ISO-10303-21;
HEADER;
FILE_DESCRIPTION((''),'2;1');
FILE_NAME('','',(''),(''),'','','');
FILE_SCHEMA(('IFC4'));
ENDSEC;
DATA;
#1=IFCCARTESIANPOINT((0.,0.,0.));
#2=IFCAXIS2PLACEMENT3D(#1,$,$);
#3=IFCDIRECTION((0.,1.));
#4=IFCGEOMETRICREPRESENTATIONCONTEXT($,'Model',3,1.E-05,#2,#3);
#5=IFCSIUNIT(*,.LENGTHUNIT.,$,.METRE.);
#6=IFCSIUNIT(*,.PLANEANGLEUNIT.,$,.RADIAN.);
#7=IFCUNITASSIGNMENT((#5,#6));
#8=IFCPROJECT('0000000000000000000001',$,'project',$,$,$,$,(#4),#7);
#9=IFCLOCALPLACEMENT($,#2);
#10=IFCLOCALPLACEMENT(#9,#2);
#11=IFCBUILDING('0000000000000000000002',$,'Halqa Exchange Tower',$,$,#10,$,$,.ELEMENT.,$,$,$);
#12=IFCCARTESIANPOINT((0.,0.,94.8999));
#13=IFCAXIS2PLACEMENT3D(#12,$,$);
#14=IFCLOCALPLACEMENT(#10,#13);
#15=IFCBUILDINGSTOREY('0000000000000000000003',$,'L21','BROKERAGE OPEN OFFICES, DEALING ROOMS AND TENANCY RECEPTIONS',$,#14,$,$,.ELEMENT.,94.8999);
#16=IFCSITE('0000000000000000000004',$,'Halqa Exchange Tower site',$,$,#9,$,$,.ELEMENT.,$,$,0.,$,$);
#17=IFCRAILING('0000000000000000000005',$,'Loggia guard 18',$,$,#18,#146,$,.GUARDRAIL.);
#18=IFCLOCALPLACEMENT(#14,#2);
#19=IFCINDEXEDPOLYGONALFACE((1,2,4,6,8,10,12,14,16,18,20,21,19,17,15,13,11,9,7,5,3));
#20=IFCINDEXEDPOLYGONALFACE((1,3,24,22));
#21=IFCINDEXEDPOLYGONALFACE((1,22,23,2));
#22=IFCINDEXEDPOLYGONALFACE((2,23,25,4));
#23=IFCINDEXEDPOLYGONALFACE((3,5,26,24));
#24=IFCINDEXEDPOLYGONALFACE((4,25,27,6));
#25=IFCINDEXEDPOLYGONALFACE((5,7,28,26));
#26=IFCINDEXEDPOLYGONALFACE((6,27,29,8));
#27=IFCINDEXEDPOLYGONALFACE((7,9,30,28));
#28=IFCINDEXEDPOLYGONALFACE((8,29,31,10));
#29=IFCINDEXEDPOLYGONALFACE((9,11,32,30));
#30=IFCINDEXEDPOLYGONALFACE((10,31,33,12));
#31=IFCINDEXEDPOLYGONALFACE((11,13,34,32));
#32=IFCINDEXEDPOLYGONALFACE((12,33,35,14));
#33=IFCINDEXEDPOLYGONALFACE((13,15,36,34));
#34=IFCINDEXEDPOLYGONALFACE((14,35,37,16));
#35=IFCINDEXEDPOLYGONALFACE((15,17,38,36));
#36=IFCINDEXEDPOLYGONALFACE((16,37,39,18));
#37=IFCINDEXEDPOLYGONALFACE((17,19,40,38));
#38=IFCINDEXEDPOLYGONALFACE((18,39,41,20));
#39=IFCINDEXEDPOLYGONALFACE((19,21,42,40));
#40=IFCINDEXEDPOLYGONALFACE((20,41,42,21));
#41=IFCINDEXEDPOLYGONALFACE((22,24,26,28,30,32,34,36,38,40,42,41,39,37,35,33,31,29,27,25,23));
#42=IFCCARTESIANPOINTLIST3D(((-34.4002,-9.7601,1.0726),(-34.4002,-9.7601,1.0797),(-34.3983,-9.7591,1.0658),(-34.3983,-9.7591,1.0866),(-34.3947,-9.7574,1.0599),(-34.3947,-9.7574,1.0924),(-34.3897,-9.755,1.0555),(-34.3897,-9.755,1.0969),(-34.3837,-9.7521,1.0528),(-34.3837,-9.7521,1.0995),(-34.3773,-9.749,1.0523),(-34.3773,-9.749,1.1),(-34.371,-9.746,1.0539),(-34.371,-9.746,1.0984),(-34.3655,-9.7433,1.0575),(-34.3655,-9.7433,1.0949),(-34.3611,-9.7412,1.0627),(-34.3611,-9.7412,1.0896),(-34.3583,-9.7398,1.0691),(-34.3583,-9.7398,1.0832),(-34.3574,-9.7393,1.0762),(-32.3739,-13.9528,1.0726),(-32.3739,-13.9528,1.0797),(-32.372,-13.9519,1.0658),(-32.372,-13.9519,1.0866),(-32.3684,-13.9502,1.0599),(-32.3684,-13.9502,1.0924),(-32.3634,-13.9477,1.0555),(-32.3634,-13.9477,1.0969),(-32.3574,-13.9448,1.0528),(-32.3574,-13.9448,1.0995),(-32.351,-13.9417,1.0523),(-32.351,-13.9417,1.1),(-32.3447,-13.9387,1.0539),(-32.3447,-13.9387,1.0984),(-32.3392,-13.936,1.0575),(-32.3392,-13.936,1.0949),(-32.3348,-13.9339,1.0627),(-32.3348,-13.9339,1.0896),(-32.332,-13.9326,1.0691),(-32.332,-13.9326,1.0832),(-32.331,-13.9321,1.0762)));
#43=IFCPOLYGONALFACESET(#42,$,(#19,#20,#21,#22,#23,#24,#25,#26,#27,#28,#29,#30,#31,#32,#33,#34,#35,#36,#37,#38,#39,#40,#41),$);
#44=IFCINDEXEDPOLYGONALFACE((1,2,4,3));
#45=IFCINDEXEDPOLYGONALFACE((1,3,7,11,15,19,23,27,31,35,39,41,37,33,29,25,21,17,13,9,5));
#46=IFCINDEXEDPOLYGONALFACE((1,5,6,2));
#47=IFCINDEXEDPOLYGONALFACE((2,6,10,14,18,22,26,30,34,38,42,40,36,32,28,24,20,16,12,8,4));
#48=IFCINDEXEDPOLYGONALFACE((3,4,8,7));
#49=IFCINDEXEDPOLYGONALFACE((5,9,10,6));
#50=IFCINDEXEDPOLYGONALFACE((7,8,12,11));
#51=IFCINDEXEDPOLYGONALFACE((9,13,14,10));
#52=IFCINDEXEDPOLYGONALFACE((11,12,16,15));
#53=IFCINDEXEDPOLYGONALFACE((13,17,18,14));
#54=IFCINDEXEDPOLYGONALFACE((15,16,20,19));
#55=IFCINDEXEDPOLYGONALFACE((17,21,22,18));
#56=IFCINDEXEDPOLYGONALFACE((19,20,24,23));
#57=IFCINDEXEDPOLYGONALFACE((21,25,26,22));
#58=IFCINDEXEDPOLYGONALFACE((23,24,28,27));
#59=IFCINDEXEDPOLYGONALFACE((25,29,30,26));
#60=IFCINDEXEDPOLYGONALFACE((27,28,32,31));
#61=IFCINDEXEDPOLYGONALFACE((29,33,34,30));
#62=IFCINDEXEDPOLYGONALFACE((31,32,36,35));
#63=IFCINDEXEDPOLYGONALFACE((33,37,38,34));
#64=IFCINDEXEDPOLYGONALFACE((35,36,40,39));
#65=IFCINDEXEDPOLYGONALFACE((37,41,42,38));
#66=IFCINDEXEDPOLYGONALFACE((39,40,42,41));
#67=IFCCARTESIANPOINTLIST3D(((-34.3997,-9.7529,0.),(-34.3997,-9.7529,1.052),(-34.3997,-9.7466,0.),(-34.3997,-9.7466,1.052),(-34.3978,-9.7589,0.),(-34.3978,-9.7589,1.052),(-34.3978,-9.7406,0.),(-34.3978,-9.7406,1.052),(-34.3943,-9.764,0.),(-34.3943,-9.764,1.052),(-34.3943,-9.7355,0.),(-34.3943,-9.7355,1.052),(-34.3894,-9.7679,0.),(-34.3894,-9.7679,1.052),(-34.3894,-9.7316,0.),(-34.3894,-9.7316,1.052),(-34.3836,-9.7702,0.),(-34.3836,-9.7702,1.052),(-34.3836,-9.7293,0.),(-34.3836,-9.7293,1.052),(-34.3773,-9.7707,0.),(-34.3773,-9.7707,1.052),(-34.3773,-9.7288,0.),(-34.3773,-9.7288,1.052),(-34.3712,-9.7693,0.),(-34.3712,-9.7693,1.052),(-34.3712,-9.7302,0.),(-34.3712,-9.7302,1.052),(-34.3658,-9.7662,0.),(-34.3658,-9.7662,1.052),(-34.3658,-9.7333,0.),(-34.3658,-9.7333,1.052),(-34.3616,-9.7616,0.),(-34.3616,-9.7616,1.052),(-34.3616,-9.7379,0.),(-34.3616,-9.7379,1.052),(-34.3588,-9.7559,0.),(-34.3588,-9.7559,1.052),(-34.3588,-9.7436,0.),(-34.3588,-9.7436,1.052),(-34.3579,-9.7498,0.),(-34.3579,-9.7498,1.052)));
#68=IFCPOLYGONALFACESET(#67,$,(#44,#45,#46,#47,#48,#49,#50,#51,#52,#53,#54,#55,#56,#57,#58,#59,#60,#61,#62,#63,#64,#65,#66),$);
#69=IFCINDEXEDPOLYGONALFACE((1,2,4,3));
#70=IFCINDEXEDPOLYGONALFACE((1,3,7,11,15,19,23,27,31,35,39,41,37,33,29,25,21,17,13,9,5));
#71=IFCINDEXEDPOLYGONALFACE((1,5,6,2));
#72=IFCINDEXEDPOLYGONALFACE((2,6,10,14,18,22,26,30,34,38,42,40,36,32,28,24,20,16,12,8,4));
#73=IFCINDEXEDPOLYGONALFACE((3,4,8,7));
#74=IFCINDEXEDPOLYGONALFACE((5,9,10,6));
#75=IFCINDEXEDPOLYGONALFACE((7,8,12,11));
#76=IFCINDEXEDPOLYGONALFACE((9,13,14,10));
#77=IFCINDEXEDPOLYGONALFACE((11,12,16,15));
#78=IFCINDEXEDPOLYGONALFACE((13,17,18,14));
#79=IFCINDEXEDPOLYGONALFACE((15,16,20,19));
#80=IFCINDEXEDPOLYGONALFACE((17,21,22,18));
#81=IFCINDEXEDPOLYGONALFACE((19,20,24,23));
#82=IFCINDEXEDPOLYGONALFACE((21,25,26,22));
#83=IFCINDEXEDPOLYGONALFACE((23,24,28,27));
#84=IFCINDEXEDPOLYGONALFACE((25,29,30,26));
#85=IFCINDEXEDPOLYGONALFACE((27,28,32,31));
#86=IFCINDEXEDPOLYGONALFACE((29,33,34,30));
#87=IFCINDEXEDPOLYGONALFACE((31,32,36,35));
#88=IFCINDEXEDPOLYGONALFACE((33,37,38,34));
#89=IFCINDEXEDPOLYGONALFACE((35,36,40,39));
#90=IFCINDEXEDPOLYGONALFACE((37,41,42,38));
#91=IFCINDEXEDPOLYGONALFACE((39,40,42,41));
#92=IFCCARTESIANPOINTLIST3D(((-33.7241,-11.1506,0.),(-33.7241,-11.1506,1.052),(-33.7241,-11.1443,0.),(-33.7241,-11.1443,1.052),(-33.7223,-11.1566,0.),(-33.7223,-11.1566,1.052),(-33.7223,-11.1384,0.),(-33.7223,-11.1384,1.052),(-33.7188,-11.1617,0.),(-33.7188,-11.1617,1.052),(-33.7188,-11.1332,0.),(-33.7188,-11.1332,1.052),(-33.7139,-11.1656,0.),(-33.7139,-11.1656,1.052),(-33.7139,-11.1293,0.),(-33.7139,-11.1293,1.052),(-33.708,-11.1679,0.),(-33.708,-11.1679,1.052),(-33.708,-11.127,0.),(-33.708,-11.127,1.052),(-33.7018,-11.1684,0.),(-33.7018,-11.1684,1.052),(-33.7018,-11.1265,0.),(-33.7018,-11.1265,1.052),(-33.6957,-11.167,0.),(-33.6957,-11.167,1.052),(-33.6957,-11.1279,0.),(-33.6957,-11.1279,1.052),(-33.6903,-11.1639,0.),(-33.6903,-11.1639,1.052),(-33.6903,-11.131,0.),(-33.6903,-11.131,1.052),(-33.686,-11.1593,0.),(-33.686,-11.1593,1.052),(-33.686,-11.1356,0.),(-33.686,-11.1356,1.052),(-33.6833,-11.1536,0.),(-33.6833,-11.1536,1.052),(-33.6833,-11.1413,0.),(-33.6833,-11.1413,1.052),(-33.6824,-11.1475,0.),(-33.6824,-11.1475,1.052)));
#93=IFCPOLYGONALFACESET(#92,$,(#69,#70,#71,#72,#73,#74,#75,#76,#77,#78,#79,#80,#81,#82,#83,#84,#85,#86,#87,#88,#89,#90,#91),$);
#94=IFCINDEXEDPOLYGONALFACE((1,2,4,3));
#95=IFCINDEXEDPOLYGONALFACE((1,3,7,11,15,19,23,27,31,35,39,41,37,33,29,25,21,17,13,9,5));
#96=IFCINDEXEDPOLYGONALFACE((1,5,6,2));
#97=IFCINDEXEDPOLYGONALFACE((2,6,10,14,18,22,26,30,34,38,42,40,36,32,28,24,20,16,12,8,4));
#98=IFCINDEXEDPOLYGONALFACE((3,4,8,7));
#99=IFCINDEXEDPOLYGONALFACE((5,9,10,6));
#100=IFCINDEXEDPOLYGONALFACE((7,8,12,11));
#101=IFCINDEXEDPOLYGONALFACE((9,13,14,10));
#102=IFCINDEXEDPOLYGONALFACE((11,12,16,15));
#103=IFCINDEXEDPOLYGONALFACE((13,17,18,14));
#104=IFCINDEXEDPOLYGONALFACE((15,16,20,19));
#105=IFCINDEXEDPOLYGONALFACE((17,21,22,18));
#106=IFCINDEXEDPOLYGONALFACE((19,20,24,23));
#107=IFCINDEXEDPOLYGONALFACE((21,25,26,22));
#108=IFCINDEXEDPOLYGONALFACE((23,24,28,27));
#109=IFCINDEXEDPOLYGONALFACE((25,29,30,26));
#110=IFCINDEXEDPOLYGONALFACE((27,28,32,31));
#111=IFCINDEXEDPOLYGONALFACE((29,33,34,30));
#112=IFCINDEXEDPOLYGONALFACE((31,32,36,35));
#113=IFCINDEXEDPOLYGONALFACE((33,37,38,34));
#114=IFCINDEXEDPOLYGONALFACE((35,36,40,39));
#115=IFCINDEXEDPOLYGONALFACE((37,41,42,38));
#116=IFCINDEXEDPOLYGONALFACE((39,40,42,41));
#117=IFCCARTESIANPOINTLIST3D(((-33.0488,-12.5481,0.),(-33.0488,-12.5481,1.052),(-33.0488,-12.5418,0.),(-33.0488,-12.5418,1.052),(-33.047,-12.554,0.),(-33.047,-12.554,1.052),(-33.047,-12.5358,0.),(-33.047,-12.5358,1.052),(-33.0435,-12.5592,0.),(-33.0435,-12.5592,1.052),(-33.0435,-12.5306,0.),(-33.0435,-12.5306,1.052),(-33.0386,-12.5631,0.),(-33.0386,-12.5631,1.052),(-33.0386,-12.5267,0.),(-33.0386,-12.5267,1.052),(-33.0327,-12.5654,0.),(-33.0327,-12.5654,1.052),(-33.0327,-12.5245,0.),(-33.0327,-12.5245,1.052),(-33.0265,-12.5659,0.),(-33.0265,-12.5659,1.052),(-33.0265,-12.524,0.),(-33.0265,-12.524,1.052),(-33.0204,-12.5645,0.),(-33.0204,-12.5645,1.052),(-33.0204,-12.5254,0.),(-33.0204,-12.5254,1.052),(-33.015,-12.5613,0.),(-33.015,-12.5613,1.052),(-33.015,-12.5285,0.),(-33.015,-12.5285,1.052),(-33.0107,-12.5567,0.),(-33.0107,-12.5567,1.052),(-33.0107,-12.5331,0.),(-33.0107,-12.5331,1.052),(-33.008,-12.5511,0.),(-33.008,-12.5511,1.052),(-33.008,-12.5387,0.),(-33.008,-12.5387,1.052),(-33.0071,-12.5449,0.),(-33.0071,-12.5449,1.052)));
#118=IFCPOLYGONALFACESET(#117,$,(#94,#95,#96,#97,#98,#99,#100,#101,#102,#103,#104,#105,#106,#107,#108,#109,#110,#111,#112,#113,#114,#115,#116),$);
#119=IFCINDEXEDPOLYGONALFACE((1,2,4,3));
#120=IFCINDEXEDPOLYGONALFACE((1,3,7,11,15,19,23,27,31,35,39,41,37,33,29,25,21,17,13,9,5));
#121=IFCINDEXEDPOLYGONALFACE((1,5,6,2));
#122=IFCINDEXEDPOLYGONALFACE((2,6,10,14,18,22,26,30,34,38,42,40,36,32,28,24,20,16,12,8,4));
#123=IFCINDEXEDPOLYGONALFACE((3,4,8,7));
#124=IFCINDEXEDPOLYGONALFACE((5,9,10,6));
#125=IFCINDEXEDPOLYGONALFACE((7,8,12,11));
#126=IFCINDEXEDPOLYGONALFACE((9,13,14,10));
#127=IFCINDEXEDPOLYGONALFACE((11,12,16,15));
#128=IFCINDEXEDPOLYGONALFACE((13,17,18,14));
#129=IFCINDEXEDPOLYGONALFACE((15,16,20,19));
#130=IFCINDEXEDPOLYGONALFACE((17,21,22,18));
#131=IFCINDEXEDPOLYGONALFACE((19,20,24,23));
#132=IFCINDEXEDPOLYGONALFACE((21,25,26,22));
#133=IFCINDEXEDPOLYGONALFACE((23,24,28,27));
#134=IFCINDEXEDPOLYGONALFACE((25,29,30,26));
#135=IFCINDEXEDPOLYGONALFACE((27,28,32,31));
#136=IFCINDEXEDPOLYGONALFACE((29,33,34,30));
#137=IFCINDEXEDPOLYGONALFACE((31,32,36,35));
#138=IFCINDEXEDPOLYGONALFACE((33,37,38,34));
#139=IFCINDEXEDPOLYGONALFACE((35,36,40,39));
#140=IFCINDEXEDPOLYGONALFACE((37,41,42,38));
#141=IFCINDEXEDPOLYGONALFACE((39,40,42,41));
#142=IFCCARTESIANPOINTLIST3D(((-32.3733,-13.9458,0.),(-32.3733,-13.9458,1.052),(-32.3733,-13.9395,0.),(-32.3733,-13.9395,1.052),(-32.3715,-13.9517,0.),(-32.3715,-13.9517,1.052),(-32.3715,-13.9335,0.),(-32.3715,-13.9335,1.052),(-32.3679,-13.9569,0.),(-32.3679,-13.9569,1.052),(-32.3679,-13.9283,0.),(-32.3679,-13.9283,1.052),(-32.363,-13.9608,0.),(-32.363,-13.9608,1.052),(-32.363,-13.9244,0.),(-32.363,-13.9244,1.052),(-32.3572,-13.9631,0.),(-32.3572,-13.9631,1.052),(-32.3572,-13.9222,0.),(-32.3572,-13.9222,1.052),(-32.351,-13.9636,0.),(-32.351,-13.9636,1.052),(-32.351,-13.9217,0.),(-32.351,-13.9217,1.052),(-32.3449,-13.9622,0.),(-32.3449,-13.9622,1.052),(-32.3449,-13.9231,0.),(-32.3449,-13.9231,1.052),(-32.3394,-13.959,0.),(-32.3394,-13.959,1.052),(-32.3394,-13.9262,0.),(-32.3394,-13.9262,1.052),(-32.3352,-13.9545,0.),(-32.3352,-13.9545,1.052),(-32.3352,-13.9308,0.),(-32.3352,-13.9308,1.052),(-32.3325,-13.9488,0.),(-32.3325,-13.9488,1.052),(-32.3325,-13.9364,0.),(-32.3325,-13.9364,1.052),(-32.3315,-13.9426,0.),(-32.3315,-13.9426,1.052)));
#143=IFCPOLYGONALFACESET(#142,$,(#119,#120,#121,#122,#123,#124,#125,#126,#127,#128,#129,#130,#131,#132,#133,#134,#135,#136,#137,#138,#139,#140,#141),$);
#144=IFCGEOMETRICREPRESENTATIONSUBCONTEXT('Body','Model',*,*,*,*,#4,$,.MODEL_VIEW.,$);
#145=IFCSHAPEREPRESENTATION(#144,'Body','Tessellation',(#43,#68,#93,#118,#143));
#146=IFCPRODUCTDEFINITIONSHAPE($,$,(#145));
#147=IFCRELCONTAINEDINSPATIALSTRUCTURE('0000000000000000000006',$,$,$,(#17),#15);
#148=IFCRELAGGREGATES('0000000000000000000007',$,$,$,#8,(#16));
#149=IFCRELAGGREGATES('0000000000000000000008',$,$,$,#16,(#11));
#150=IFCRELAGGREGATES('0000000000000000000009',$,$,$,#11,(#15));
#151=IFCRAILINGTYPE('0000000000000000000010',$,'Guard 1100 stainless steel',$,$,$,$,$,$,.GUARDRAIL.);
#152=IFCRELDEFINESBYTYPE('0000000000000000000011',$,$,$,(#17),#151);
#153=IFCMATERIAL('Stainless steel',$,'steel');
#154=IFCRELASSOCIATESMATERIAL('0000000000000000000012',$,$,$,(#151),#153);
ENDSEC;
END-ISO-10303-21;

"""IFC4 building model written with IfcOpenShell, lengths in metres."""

from ifc_helpers import new_model, si_unit, direction, frame, origin, origin_2d, place, context, subcontext, project, spatial, circle, extrude, material, type_object, element, save


model = new_model("IFC4")

# Units and contexts
model_context = context("Model", 3, precision=1e-05, world=origin(), true_north=direction((0.0, 1.0)))
body_context = subcontext(model_context, "Body", "Model", "MODEL_VIEW")
ifc_project = project(units=[si_unit("LENGTHUNIT", "METRE"), si_unit("PLANEANGLEUNIT", "RADIAN")], contexts=[model_context])

# Site, building, storey
site_placement = place(None, origin())
site = spatial("IfcSite", under=ifc_project, at=site_placement, Name="Halqa Exchange Tower site", CompositionType="ELEMENT", RefElevation=0.0)
building_placement = place(site_placement, origin())
building = spatial("IfcBuilding", under=site, at=building_placement, Name="Halqa Exchange Tower", CompositionType="ELEMENT")
storey_placement = place(building_placement, frame((0.0, 0.0, 94.8999)))
storey = spatial("IfcBuildingStorey", under=building, at=storey_placement, Name="L21", Description="BROKERAGE OPEN OFFICES, DEALING ROOMS AND TENANCY RECEPTIONS", CompositionType="ELEMENT", Elevation=94.8999)

# Railing
ifc_material_1 = material(Name="Stainless steel", Category="steel")
railing_type = type_object("IfcRailingType", Name="Guard 1100 stainless steel", PredefinedType="GUARDRAIL", material=ifc_material_1)
railing_1_placement = place(storey_placement, frame((-34.3789, -9.7498, 0.0)))
element("IfcRailing", 1, at=railing_1_placement, inside=storey, type_object=railing_type, Name="Loggia guard 18", PredefinedType="GUARDRAIL", context=body_context, shape_type="SweptSolid", body=[
    extrude(circle(Radius=0.0239, at=origin_2d()), frame((0.0, 0.0, 1.0762), z_axis=(0.435136, -0.900365, 0.0), x_axis=(0.900365, 0.435136, 0.0)), (0.0, 0.0, 1.0), 4.6567),
    extrude(circle(Radius=0.021, at=origin_2d()), origin(), (0.0, 0.0, 1.0), 1.052),
    extrude(circle(Radius=0.021, at=origin_2d()), frame((0.6755, -1.3977, 0.0)), (0.0, 0.0, 1.0), 1.052),
    extrude(circle(Radius=0.021, at=origin_2d()), frame((1.3508, -2.7952, 0.0)), (0.0, 0.0, 1.0), 1.052),
    extrude(circle(Radius=0.021, at=origin_2d()), frame((2.0264, -4.1929, 0.0)), (0.0, 0.0, 1.0), 1.052),
])

save(model, "model.ifc")
